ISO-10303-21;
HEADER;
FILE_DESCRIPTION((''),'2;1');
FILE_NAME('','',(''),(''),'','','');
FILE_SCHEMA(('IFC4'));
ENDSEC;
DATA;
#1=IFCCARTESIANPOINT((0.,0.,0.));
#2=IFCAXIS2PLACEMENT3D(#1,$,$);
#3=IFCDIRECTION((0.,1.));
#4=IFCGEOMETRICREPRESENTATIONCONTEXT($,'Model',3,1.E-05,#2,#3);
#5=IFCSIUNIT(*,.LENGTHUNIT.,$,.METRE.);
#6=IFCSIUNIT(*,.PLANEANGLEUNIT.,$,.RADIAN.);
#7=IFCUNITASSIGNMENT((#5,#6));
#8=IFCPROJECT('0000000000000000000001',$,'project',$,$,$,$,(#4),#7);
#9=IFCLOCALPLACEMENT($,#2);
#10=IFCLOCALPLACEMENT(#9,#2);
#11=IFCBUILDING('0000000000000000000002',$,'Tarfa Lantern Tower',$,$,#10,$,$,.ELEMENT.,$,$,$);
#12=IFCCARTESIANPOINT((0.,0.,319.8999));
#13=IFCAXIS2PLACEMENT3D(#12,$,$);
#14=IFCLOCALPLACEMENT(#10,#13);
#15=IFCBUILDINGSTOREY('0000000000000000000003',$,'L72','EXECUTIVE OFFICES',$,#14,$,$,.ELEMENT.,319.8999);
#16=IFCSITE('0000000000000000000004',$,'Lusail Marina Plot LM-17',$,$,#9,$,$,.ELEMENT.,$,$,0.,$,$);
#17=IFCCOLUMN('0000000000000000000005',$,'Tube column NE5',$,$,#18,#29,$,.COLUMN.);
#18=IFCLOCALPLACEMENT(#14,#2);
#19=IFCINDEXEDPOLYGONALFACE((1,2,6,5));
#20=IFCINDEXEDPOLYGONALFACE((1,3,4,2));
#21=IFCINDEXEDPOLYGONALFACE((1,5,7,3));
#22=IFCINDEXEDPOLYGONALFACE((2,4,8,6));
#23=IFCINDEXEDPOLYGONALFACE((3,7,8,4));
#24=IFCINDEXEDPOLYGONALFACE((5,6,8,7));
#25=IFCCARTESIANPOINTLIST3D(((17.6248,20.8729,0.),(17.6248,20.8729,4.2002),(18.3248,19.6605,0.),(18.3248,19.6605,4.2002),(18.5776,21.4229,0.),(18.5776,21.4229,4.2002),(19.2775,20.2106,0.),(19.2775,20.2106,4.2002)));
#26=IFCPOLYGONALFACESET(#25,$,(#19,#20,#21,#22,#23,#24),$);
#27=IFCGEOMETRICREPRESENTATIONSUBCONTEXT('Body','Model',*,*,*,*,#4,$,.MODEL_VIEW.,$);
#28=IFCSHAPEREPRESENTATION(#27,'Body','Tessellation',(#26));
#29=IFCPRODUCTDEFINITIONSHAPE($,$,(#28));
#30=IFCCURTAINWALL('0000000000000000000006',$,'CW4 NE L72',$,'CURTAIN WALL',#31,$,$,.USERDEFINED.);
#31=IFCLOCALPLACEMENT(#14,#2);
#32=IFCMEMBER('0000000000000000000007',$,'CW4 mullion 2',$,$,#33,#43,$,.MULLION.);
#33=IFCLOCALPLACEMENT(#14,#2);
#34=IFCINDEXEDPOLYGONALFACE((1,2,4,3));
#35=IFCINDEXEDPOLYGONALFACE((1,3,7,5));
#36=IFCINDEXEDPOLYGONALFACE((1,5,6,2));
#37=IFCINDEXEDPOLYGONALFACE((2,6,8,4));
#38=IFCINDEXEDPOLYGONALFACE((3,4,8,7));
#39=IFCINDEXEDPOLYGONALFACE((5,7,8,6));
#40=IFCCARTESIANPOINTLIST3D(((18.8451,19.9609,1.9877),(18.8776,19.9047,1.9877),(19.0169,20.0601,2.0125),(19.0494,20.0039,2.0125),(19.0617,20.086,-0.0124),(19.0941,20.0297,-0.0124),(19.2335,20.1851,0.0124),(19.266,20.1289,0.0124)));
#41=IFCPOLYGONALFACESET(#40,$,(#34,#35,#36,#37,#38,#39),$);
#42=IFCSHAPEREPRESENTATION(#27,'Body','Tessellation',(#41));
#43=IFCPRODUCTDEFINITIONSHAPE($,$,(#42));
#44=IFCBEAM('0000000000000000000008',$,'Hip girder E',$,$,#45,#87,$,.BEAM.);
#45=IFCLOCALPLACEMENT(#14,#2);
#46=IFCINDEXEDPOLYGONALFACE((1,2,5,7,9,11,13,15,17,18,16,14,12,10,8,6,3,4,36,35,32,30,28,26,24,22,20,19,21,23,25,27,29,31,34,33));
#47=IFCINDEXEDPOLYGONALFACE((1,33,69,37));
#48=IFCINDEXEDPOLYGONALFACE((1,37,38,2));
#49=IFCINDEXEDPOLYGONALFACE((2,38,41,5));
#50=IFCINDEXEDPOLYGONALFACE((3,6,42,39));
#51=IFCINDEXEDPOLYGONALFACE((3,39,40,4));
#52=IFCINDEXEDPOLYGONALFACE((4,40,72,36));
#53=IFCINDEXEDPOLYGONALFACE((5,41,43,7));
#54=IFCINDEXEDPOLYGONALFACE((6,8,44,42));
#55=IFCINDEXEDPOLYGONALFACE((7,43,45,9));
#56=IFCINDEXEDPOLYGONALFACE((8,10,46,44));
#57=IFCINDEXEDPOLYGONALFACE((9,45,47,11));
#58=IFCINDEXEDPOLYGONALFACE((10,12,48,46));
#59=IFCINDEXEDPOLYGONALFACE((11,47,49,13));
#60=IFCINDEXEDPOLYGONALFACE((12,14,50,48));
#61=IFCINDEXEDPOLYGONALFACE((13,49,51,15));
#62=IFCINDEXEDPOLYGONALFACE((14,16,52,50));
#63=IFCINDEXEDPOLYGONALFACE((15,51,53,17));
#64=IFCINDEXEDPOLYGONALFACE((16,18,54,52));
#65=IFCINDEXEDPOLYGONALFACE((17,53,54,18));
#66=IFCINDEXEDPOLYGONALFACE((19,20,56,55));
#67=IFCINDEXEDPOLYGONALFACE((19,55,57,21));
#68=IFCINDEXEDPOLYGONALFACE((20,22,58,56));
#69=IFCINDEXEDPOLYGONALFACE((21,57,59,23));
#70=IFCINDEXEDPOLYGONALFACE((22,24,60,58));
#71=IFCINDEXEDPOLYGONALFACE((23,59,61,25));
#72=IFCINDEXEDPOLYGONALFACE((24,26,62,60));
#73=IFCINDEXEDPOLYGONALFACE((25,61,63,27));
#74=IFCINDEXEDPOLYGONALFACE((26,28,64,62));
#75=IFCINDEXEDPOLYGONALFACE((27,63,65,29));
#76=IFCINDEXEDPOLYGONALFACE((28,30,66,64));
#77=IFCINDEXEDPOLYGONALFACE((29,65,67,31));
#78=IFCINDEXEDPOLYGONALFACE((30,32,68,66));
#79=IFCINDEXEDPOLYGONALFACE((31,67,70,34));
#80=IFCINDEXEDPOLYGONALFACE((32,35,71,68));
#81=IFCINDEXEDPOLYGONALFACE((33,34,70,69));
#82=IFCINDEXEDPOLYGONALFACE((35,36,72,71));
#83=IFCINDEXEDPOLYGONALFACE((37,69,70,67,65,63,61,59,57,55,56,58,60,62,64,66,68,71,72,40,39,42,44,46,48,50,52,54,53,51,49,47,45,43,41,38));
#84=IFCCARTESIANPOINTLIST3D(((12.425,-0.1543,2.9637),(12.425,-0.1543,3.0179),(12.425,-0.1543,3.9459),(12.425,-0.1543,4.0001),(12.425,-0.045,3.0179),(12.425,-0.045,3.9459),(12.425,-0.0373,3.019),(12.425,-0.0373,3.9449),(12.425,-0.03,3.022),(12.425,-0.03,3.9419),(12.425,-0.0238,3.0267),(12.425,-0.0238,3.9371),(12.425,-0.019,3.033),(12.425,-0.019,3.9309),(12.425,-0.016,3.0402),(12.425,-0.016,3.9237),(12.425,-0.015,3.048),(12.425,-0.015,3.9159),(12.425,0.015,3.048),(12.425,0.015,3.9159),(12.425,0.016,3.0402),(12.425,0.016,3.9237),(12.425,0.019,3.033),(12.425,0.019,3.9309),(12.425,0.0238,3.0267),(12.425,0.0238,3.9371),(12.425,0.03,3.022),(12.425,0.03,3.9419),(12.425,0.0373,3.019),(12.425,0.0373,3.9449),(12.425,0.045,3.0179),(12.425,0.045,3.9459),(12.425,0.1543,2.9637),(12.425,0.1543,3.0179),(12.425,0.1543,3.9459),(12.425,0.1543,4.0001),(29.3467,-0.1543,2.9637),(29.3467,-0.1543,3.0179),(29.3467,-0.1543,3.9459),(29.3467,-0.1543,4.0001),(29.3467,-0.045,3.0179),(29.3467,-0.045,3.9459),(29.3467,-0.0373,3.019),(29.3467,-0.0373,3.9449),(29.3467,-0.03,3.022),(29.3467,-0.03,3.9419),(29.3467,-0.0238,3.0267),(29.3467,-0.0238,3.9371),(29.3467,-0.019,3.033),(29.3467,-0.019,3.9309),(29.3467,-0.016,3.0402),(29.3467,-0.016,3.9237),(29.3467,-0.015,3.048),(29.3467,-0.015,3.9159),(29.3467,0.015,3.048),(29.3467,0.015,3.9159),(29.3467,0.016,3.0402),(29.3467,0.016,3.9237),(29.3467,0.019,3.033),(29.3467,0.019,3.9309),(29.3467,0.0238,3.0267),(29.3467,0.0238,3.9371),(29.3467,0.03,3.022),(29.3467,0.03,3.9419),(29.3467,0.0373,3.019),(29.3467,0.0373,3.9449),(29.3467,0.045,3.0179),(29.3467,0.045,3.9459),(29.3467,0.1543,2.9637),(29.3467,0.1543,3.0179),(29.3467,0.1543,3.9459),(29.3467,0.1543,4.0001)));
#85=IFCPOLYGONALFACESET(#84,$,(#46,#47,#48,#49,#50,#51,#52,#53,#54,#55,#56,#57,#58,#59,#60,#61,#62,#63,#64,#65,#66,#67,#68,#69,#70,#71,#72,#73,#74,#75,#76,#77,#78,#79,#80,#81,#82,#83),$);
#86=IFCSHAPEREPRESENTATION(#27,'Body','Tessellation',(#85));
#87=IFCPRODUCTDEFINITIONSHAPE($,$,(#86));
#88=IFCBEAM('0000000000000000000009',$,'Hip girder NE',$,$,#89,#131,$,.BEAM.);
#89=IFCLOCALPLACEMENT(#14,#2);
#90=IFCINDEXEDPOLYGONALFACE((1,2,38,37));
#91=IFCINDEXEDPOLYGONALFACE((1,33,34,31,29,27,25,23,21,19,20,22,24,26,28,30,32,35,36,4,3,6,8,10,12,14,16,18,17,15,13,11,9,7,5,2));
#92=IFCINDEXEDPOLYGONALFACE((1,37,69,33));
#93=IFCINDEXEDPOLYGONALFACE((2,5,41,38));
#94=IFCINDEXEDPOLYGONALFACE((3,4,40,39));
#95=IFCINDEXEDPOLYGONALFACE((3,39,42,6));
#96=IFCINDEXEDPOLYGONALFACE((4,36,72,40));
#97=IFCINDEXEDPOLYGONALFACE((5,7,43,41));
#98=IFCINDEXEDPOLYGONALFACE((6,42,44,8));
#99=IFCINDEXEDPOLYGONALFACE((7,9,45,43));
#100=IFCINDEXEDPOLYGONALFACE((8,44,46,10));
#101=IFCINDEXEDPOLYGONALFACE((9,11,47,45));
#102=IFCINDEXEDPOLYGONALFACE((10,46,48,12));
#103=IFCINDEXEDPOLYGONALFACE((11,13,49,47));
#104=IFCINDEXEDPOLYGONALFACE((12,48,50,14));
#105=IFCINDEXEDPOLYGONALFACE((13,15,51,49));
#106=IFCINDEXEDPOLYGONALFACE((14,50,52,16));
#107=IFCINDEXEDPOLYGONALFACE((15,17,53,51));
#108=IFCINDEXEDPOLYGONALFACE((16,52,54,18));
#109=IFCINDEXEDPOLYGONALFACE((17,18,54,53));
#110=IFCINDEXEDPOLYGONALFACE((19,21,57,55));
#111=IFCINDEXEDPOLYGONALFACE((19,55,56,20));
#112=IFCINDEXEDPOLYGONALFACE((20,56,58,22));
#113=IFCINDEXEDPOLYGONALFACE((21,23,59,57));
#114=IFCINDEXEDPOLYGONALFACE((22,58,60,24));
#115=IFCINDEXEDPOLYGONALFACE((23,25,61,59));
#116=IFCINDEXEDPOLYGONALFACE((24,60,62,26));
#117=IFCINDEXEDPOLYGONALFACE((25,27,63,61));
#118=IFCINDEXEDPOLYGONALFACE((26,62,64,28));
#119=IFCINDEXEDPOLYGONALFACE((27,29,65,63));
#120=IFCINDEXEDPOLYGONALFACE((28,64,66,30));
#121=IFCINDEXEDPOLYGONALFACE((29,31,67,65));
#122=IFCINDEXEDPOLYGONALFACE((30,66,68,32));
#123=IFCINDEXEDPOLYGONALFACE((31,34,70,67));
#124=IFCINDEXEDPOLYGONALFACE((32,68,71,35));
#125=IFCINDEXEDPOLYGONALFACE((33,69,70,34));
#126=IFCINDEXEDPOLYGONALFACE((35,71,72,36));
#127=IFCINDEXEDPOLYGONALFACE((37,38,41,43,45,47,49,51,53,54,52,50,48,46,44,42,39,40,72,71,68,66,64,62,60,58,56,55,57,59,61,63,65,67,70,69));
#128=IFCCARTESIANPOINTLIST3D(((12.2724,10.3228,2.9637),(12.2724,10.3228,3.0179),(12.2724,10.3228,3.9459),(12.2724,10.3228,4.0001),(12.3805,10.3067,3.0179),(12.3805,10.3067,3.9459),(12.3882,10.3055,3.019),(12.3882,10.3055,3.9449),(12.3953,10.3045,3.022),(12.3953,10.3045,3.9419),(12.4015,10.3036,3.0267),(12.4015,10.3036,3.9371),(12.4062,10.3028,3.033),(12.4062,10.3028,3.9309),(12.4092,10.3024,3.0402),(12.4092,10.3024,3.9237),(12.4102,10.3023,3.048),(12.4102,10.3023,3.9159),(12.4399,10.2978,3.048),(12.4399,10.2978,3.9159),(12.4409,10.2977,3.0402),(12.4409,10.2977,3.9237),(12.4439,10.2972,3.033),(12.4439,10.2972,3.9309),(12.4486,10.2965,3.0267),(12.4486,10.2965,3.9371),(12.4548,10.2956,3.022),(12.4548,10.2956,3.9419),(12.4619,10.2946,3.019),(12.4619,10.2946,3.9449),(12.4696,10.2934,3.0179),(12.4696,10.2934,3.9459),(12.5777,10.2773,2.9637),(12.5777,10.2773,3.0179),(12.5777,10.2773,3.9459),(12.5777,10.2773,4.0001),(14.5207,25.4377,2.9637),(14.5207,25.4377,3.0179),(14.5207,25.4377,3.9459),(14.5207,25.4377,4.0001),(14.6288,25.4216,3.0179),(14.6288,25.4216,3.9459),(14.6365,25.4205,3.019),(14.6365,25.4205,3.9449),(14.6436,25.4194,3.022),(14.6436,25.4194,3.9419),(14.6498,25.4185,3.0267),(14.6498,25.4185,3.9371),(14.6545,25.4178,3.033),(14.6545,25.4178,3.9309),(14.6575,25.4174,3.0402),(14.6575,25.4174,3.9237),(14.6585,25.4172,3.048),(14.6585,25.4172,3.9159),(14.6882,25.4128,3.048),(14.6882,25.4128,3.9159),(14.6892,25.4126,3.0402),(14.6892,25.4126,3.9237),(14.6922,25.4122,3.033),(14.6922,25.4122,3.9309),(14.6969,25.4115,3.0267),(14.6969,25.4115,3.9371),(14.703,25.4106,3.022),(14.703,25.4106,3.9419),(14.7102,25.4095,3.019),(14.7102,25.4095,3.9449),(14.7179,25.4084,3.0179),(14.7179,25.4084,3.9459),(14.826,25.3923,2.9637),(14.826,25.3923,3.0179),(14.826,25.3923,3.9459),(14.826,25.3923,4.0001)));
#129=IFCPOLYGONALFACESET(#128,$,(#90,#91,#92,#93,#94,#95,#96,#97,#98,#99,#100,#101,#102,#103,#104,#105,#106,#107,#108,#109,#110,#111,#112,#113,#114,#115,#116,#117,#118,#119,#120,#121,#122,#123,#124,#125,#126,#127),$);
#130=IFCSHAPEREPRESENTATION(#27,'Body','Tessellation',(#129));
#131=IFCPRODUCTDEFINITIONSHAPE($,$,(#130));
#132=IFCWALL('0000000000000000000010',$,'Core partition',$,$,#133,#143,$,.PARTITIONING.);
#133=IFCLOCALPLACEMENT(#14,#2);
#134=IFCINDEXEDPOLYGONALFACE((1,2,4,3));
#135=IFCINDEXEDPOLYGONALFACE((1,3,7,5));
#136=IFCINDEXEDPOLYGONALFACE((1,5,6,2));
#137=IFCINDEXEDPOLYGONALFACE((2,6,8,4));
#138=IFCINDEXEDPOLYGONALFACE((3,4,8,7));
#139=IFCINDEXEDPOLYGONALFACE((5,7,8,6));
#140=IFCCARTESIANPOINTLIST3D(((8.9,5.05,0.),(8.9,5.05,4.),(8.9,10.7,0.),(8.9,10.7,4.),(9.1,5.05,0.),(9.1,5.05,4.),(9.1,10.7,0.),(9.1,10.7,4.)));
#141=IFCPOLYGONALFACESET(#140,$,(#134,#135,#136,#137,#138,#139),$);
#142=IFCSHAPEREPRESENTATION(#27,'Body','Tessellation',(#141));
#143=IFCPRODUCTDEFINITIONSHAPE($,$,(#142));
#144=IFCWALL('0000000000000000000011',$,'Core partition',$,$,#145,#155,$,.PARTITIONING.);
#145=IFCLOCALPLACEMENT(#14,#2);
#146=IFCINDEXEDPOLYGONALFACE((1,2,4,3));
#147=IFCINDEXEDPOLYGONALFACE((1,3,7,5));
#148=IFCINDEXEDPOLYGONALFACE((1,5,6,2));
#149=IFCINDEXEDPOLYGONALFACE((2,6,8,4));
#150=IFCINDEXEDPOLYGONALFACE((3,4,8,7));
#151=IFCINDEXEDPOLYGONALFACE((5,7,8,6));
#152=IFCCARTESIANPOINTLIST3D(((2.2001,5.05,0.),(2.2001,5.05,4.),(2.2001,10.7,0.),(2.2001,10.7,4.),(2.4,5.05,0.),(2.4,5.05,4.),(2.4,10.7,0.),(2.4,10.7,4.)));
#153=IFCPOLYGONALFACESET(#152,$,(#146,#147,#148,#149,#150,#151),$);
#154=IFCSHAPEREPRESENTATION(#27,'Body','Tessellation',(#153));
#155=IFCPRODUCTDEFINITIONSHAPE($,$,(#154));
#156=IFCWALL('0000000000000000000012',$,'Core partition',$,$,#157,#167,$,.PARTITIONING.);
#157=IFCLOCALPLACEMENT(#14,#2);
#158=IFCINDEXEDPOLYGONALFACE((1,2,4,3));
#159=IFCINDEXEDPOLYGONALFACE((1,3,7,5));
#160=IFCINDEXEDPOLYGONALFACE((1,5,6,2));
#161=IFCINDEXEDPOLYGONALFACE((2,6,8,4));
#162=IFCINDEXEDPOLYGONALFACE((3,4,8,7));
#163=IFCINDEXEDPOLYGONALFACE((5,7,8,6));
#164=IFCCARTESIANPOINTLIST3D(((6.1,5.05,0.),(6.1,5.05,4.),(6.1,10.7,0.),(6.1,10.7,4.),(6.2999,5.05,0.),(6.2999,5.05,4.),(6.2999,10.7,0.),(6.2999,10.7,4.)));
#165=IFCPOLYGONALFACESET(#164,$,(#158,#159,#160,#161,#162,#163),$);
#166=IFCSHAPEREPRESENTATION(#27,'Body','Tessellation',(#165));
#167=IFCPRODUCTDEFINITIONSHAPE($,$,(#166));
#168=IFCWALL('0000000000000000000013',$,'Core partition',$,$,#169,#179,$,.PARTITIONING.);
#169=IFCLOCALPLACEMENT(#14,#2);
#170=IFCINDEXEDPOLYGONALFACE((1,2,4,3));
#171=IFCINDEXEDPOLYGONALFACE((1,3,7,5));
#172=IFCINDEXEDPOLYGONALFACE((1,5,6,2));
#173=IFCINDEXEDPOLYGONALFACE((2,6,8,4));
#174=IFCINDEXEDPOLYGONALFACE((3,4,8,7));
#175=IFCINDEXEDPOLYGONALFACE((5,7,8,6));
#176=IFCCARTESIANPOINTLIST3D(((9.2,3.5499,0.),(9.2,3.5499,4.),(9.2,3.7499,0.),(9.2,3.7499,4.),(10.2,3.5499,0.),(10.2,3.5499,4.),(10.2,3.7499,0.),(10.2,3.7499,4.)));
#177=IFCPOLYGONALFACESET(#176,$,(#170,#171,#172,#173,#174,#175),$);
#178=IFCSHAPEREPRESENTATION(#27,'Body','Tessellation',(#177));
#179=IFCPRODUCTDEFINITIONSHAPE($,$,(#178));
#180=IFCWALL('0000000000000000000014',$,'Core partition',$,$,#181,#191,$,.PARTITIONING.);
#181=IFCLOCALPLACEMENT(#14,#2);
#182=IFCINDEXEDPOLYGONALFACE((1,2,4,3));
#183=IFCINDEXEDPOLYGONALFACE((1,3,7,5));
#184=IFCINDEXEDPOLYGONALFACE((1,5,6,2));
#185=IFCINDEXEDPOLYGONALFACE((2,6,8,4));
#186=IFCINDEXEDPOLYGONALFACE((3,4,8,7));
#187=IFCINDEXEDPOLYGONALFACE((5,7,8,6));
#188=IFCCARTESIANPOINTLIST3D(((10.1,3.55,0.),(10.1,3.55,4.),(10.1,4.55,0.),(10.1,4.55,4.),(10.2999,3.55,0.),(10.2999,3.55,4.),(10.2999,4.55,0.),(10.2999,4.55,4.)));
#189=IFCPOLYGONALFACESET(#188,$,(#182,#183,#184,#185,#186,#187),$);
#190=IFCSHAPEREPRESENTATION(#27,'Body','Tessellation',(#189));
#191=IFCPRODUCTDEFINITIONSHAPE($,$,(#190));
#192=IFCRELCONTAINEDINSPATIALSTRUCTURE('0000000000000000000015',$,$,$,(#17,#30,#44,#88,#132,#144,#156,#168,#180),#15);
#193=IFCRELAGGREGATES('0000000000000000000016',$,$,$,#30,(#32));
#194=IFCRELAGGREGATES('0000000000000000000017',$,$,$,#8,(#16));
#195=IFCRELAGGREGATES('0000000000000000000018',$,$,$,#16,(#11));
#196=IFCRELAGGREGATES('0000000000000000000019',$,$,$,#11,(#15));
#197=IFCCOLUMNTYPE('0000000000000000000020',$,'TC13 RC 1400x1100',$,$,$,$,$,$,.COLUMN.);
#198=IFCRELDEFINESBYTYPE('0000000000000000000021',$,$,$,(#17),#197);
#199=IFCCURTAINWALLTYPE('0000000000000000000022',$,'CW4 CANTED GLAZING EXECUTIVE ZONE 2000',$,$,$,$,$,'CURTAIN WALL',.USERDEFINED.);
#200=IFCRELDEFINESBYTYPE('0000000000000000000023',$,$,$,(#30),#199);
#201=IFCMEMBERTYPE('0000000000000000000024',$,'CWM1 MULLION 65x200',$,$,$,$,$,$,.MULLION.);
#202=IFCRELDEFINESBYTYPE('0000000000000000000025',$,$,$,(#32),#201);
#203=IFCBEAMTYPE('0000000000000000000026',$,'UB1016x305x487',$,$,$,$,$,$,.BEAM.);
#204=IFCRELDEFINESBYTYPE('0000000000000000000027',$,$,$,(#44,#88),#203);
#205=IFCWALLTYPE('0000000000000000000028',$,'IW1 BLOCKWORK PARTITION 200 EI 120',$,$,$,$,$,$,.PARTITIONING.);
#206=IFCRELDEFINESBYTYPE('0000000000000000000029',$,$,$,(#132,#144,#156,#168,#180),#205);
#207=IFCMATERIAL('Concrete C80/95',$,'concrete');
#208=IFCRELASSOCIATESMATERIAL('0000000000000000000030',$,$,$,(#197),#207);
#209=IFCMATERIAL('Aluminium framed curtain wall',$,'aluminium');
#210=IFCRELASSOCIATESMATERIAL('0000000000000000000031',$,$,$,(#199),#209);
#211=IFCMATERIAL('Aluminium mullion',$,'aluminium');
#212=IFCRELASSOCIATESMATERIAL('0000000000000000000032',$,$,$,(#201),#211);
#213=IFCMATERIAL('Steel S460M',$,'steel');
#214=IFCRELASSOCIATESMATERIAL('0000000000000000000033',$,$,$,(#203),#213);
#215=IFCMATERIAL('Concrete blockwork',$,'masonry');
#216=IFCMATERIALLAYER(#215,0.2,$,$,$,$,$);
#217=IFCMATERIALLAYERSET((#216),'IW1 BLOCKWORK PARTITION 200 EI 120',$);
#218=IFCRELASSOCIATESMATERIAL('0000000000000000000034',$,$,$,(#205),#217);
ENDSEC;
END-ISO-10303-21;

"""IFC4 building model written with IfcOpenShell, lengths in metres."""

from ifc_helpers import new_model, si_unit, direction, frame, frame_2d, origin, origin_2d, place, context, subcontext, project, spatial, rectangle, i_section, extrude, material, layer, layer_set, material_profile, profile_set, type_object, element, aggregate, save


model = new_model("IFC4")

# Units and contexts
model_context = context("Model", 3, precision=1e-05, world=origin(), true_north=direction((0.0, 1.0)))
body_context = subcontext(model_context, "Body", "Model", "MODEL_VIEW")
ifc_project = project(units=[si_unit("LENGTHUNIT", "METRE"), si_unit("PLANEANGLEUNIT", "RADIAN")], contexts=[model_context])

# Site, building, storey
site_placement = place(None, origin())
site = spatial("IfcSite", under=ifc_project, at=site_placement, Name="Lusail Marina Plot LM-17", CompositionType="ELEMENT", RefElevation=0.0)
building_placement = place(site_placement, origin())
building = spatial("IfcBuilding", under=site, at=building_placement, Name="Tarfa Lantern Tower", CompositionType="ELEMENT")
storey_placement = place(building_placement, frame((0.0, 0.0, 319.8999)))
storey = spatial("IfcBuildingStorey", under=building, at=storey_placement, Name="L72", Description="EXECUTIVE OFFICES", CompositionType="ELEMENT", Elevation=319.8999)

# Column
ifc_material_1 = material(Name="Concrete C80/95", Category="concrete")
ifc_material_profile_1 = material_profile(ifc_material_1, rectangle(XDim=1.3999, YDim=1.1001, at=origin_2d()), Name="RC 1400x1100")
ifc_profile_set_1 = profile_set([ifc_material_profile_1], Name="Concrete C80/95")
column_type = type_object("IfcColumnType", Name="TC13 RC 1400x1100", PredefinedType="COLUMN", material=ifc_profile_set_1)
column_placement = place(storey_placement, frame((18.4512, 20.5417, 0.0), z_axis=(0.0, 0.0, 1.0), x_axis=(-0.5, 0.866025, 0.0)))
element("IfcColumn", 1, at=column_placement, inside=storey, type_object=column_type, Name="Tube column NE5", PredefinedType="COLUMN", context=body_context, shape_type="SweptSolid", body=[
    extrude(rectangle(XDim=1.3999, YDim=1.1001, at=origin_2d()), origin(), (0.0, 0.0, 1.0), 4.2002),
])

# Curtain wall, member
ifc_material_2 = material(Name="Aluminium framed curtain wall", Category="aluminium")
curtain_wall_type = type_object("IfcCurtainWallType", Name="CW4 CANTED GLAZING EXECUTIVE ZONE 2000", ElementType="CURTAIN WALL", PredefinedType="USERDEFINED", material=ifc_material_2)
curtain_wall_placement = place(storey_placement, origin())
curtain_wall = element("IfcCurtainWall", 2, at=curtain_wall_placement, inside=storey, type_object=curtain_wall_type, Name="CW4 NE L72", ObjectType="CURTAIN WALL", PredefinedType="USERDEFINED")
ifc_material_3 = material(Name="Aluminium mullion", Category="aluminium")
ifc_material_profile_2 = material_profile(ifc_material_3, rectangle(XDim=0.0649, YDim=0.2, at=origin_2d()), Name="AL MULLION 65x200")
ifc_profile_set_2 = profile_set([ifc_material_profile_2], Name="Aluminium mullion")
member_type = type_object("IfcMemberType", Name="CWM1 MULLION 65x200", PredefinedType="MULLION", material=ifc_profile_set_2)
member_placement = place(storey_placement, frame((19.1638, 20.1074, 0.0), z_axis=(-0.10744, -0.062017, 0.992275), x_axis=(0.49992, -0.866072, 0.0)))
member = element("IfcMember", 3, at=member_placement, type_object=member_type, Name="CW4 mullion 2", PredefinedType="MULLION", context=body_context, shape_type="SweptSolid", body=[
    extrude(rectangle(XDim=0.0649, YDim=0.2, at=origin_2d()), origin(), (0.0, 0.0, 1.0), 2.0156),
])
aggregate(curtain_wall, [member])

# Beams
ifc_material_4 = material(Name="Steel S460M", Category="steel")
ifc_material_profile_3 = material_profile(ifc_material_4, i_section(OverallWidth=0.3086, OverallDepth=1.0364, WebThickness=0.03, FlangeThickness=0.0542, FilletRadius=0.03, at=origin_2d()), Name="UB1016x305x487")
ifc_profile_set_3 = profile_set([ifc_material_profile_3], Name="Steel S460M")
beam_type = type_object("IfcBeamType", Name="UB1016x305x487", PredefinedType="BEAM", material=ifc_profile_set_3)
beam_1_placement = place(storey_placement, frame((12.425, 0.0, 3.4819), z_axis=(1.0, 0.0, 0.0), x_axis=(0.0, 1.0, 0.0)))
element("IfcBeam", 4, at=beam_1_placement, inside=storey, type_object=beam_type, Name="Hip girder E", PredefinedType="BEAM", context=body_context, shape_type="SweptSolid", body=[
    extrude(i_section(OverallWidth=0.3086, OverallDepth=1.0364, WebThickness=0.03, FlangeThickness=0.0542, FilletRadius=0.03, at=origin_2d()), origin(), (0.0, 0.0, 1.0), 16.9216),
])
beam_2_placement = place(storey_placement, frame((12.425, 10.3, 3.4819), z_axis=(0.147127, 0.989118, 0.0), x_axis=(-0.989118, 0.147127, 0.0)))
element("IfcBeam", 5, at=beam_2_placement, inside=storey, type_object=beam_type, Name="Hip girder NE", PredefinedType="BEAM", context=body_context, shape_type="SweptSolid", body=[
    extrude(i_section(OverallWidth=0.3086, OverallDepth=1.0364, WebThickness=0.03, FlangeThickness=0.0542, FilletRadius=0.03, at=origin_2d()), origin(), (0.0, 0.0, 1.0), 15.2812),
])

# Walls
ifc_material_5 = material(Name="Concrete blockwork", Category="masonry")
ifc_layer_1 = layer(ifc_material_5, 0.2)
ifc_layer_set_1 = layer_set([ifc_layer_1], Name="IW1 BLOCKWORK PARTITION 200 EI 120")
wall_type_1 = type_object("IfcWallType", Name="IW1 BLOCKWORK PARTITION 200 EI 120", PredefinedType="PARTITIONING", material=ifc_layer_set_1)
for number, where, z_axis, x_axis, name in (
    (6, (9.0, 5.05, 0.0), (0.0, 0.0, 1.0), (0.0, 1.0, 0.0), "Core partition"),
    (7, (2.3, 5.05, 0.0), (0.0, 0.0, 1.0), (0.0, 1.0, 0.0), "Core partition"),
    (8, (6.2, 5.05, 0.0), (0.0, 0.0, 1.0), (0.0, 1.0, 0.0), "Core partition"),
):
    element("IfcWall", number, at=place(storey_placement, frame(where, z_axis=z_axis, x_axis=x_axis)), inside=storey, type_object=wall_type_1, Name=name, PredefinedType="PARTITIONING", context=body_context, shape_type="SweptSolid", body=[
        extrude(rectangle(XDim=5.6499, YDim=0.2, at=frame_2d((2.825, 0.0))), origin(), (0.0, 0.0, 1.0), 4.0),
    ])
for number, where, z_axis, x_axis, name in (
    (9, (9.2, 3.6499, 0.0), (0.0, 0.0, 1.0), (1.0, 0.0, 0.0), "Core partition"),
    (10, (10.2, 3.55, 0.0), (0.0, 0.0, 1.0), (0.0, 1.0, 0.0), "Core partition"),
):
    element("IfcWall", number, at=place(storey_placement, frame(where, z_axis=z_axis, x_axis=x_axis)), inside=storey, type_object=wall_type_1, Name=name, PredefinedType="PARTITIONING", context=body_context, shape_type="SweptSolid", body=[
        extrude(rectangle(XDim=1.0, YDim=0.2, at=frame_2d((0.5, 0.0))), origin(), (0.0, 0.0, 1.0), 4.0),
    ])

save(model, "model.ifc")
